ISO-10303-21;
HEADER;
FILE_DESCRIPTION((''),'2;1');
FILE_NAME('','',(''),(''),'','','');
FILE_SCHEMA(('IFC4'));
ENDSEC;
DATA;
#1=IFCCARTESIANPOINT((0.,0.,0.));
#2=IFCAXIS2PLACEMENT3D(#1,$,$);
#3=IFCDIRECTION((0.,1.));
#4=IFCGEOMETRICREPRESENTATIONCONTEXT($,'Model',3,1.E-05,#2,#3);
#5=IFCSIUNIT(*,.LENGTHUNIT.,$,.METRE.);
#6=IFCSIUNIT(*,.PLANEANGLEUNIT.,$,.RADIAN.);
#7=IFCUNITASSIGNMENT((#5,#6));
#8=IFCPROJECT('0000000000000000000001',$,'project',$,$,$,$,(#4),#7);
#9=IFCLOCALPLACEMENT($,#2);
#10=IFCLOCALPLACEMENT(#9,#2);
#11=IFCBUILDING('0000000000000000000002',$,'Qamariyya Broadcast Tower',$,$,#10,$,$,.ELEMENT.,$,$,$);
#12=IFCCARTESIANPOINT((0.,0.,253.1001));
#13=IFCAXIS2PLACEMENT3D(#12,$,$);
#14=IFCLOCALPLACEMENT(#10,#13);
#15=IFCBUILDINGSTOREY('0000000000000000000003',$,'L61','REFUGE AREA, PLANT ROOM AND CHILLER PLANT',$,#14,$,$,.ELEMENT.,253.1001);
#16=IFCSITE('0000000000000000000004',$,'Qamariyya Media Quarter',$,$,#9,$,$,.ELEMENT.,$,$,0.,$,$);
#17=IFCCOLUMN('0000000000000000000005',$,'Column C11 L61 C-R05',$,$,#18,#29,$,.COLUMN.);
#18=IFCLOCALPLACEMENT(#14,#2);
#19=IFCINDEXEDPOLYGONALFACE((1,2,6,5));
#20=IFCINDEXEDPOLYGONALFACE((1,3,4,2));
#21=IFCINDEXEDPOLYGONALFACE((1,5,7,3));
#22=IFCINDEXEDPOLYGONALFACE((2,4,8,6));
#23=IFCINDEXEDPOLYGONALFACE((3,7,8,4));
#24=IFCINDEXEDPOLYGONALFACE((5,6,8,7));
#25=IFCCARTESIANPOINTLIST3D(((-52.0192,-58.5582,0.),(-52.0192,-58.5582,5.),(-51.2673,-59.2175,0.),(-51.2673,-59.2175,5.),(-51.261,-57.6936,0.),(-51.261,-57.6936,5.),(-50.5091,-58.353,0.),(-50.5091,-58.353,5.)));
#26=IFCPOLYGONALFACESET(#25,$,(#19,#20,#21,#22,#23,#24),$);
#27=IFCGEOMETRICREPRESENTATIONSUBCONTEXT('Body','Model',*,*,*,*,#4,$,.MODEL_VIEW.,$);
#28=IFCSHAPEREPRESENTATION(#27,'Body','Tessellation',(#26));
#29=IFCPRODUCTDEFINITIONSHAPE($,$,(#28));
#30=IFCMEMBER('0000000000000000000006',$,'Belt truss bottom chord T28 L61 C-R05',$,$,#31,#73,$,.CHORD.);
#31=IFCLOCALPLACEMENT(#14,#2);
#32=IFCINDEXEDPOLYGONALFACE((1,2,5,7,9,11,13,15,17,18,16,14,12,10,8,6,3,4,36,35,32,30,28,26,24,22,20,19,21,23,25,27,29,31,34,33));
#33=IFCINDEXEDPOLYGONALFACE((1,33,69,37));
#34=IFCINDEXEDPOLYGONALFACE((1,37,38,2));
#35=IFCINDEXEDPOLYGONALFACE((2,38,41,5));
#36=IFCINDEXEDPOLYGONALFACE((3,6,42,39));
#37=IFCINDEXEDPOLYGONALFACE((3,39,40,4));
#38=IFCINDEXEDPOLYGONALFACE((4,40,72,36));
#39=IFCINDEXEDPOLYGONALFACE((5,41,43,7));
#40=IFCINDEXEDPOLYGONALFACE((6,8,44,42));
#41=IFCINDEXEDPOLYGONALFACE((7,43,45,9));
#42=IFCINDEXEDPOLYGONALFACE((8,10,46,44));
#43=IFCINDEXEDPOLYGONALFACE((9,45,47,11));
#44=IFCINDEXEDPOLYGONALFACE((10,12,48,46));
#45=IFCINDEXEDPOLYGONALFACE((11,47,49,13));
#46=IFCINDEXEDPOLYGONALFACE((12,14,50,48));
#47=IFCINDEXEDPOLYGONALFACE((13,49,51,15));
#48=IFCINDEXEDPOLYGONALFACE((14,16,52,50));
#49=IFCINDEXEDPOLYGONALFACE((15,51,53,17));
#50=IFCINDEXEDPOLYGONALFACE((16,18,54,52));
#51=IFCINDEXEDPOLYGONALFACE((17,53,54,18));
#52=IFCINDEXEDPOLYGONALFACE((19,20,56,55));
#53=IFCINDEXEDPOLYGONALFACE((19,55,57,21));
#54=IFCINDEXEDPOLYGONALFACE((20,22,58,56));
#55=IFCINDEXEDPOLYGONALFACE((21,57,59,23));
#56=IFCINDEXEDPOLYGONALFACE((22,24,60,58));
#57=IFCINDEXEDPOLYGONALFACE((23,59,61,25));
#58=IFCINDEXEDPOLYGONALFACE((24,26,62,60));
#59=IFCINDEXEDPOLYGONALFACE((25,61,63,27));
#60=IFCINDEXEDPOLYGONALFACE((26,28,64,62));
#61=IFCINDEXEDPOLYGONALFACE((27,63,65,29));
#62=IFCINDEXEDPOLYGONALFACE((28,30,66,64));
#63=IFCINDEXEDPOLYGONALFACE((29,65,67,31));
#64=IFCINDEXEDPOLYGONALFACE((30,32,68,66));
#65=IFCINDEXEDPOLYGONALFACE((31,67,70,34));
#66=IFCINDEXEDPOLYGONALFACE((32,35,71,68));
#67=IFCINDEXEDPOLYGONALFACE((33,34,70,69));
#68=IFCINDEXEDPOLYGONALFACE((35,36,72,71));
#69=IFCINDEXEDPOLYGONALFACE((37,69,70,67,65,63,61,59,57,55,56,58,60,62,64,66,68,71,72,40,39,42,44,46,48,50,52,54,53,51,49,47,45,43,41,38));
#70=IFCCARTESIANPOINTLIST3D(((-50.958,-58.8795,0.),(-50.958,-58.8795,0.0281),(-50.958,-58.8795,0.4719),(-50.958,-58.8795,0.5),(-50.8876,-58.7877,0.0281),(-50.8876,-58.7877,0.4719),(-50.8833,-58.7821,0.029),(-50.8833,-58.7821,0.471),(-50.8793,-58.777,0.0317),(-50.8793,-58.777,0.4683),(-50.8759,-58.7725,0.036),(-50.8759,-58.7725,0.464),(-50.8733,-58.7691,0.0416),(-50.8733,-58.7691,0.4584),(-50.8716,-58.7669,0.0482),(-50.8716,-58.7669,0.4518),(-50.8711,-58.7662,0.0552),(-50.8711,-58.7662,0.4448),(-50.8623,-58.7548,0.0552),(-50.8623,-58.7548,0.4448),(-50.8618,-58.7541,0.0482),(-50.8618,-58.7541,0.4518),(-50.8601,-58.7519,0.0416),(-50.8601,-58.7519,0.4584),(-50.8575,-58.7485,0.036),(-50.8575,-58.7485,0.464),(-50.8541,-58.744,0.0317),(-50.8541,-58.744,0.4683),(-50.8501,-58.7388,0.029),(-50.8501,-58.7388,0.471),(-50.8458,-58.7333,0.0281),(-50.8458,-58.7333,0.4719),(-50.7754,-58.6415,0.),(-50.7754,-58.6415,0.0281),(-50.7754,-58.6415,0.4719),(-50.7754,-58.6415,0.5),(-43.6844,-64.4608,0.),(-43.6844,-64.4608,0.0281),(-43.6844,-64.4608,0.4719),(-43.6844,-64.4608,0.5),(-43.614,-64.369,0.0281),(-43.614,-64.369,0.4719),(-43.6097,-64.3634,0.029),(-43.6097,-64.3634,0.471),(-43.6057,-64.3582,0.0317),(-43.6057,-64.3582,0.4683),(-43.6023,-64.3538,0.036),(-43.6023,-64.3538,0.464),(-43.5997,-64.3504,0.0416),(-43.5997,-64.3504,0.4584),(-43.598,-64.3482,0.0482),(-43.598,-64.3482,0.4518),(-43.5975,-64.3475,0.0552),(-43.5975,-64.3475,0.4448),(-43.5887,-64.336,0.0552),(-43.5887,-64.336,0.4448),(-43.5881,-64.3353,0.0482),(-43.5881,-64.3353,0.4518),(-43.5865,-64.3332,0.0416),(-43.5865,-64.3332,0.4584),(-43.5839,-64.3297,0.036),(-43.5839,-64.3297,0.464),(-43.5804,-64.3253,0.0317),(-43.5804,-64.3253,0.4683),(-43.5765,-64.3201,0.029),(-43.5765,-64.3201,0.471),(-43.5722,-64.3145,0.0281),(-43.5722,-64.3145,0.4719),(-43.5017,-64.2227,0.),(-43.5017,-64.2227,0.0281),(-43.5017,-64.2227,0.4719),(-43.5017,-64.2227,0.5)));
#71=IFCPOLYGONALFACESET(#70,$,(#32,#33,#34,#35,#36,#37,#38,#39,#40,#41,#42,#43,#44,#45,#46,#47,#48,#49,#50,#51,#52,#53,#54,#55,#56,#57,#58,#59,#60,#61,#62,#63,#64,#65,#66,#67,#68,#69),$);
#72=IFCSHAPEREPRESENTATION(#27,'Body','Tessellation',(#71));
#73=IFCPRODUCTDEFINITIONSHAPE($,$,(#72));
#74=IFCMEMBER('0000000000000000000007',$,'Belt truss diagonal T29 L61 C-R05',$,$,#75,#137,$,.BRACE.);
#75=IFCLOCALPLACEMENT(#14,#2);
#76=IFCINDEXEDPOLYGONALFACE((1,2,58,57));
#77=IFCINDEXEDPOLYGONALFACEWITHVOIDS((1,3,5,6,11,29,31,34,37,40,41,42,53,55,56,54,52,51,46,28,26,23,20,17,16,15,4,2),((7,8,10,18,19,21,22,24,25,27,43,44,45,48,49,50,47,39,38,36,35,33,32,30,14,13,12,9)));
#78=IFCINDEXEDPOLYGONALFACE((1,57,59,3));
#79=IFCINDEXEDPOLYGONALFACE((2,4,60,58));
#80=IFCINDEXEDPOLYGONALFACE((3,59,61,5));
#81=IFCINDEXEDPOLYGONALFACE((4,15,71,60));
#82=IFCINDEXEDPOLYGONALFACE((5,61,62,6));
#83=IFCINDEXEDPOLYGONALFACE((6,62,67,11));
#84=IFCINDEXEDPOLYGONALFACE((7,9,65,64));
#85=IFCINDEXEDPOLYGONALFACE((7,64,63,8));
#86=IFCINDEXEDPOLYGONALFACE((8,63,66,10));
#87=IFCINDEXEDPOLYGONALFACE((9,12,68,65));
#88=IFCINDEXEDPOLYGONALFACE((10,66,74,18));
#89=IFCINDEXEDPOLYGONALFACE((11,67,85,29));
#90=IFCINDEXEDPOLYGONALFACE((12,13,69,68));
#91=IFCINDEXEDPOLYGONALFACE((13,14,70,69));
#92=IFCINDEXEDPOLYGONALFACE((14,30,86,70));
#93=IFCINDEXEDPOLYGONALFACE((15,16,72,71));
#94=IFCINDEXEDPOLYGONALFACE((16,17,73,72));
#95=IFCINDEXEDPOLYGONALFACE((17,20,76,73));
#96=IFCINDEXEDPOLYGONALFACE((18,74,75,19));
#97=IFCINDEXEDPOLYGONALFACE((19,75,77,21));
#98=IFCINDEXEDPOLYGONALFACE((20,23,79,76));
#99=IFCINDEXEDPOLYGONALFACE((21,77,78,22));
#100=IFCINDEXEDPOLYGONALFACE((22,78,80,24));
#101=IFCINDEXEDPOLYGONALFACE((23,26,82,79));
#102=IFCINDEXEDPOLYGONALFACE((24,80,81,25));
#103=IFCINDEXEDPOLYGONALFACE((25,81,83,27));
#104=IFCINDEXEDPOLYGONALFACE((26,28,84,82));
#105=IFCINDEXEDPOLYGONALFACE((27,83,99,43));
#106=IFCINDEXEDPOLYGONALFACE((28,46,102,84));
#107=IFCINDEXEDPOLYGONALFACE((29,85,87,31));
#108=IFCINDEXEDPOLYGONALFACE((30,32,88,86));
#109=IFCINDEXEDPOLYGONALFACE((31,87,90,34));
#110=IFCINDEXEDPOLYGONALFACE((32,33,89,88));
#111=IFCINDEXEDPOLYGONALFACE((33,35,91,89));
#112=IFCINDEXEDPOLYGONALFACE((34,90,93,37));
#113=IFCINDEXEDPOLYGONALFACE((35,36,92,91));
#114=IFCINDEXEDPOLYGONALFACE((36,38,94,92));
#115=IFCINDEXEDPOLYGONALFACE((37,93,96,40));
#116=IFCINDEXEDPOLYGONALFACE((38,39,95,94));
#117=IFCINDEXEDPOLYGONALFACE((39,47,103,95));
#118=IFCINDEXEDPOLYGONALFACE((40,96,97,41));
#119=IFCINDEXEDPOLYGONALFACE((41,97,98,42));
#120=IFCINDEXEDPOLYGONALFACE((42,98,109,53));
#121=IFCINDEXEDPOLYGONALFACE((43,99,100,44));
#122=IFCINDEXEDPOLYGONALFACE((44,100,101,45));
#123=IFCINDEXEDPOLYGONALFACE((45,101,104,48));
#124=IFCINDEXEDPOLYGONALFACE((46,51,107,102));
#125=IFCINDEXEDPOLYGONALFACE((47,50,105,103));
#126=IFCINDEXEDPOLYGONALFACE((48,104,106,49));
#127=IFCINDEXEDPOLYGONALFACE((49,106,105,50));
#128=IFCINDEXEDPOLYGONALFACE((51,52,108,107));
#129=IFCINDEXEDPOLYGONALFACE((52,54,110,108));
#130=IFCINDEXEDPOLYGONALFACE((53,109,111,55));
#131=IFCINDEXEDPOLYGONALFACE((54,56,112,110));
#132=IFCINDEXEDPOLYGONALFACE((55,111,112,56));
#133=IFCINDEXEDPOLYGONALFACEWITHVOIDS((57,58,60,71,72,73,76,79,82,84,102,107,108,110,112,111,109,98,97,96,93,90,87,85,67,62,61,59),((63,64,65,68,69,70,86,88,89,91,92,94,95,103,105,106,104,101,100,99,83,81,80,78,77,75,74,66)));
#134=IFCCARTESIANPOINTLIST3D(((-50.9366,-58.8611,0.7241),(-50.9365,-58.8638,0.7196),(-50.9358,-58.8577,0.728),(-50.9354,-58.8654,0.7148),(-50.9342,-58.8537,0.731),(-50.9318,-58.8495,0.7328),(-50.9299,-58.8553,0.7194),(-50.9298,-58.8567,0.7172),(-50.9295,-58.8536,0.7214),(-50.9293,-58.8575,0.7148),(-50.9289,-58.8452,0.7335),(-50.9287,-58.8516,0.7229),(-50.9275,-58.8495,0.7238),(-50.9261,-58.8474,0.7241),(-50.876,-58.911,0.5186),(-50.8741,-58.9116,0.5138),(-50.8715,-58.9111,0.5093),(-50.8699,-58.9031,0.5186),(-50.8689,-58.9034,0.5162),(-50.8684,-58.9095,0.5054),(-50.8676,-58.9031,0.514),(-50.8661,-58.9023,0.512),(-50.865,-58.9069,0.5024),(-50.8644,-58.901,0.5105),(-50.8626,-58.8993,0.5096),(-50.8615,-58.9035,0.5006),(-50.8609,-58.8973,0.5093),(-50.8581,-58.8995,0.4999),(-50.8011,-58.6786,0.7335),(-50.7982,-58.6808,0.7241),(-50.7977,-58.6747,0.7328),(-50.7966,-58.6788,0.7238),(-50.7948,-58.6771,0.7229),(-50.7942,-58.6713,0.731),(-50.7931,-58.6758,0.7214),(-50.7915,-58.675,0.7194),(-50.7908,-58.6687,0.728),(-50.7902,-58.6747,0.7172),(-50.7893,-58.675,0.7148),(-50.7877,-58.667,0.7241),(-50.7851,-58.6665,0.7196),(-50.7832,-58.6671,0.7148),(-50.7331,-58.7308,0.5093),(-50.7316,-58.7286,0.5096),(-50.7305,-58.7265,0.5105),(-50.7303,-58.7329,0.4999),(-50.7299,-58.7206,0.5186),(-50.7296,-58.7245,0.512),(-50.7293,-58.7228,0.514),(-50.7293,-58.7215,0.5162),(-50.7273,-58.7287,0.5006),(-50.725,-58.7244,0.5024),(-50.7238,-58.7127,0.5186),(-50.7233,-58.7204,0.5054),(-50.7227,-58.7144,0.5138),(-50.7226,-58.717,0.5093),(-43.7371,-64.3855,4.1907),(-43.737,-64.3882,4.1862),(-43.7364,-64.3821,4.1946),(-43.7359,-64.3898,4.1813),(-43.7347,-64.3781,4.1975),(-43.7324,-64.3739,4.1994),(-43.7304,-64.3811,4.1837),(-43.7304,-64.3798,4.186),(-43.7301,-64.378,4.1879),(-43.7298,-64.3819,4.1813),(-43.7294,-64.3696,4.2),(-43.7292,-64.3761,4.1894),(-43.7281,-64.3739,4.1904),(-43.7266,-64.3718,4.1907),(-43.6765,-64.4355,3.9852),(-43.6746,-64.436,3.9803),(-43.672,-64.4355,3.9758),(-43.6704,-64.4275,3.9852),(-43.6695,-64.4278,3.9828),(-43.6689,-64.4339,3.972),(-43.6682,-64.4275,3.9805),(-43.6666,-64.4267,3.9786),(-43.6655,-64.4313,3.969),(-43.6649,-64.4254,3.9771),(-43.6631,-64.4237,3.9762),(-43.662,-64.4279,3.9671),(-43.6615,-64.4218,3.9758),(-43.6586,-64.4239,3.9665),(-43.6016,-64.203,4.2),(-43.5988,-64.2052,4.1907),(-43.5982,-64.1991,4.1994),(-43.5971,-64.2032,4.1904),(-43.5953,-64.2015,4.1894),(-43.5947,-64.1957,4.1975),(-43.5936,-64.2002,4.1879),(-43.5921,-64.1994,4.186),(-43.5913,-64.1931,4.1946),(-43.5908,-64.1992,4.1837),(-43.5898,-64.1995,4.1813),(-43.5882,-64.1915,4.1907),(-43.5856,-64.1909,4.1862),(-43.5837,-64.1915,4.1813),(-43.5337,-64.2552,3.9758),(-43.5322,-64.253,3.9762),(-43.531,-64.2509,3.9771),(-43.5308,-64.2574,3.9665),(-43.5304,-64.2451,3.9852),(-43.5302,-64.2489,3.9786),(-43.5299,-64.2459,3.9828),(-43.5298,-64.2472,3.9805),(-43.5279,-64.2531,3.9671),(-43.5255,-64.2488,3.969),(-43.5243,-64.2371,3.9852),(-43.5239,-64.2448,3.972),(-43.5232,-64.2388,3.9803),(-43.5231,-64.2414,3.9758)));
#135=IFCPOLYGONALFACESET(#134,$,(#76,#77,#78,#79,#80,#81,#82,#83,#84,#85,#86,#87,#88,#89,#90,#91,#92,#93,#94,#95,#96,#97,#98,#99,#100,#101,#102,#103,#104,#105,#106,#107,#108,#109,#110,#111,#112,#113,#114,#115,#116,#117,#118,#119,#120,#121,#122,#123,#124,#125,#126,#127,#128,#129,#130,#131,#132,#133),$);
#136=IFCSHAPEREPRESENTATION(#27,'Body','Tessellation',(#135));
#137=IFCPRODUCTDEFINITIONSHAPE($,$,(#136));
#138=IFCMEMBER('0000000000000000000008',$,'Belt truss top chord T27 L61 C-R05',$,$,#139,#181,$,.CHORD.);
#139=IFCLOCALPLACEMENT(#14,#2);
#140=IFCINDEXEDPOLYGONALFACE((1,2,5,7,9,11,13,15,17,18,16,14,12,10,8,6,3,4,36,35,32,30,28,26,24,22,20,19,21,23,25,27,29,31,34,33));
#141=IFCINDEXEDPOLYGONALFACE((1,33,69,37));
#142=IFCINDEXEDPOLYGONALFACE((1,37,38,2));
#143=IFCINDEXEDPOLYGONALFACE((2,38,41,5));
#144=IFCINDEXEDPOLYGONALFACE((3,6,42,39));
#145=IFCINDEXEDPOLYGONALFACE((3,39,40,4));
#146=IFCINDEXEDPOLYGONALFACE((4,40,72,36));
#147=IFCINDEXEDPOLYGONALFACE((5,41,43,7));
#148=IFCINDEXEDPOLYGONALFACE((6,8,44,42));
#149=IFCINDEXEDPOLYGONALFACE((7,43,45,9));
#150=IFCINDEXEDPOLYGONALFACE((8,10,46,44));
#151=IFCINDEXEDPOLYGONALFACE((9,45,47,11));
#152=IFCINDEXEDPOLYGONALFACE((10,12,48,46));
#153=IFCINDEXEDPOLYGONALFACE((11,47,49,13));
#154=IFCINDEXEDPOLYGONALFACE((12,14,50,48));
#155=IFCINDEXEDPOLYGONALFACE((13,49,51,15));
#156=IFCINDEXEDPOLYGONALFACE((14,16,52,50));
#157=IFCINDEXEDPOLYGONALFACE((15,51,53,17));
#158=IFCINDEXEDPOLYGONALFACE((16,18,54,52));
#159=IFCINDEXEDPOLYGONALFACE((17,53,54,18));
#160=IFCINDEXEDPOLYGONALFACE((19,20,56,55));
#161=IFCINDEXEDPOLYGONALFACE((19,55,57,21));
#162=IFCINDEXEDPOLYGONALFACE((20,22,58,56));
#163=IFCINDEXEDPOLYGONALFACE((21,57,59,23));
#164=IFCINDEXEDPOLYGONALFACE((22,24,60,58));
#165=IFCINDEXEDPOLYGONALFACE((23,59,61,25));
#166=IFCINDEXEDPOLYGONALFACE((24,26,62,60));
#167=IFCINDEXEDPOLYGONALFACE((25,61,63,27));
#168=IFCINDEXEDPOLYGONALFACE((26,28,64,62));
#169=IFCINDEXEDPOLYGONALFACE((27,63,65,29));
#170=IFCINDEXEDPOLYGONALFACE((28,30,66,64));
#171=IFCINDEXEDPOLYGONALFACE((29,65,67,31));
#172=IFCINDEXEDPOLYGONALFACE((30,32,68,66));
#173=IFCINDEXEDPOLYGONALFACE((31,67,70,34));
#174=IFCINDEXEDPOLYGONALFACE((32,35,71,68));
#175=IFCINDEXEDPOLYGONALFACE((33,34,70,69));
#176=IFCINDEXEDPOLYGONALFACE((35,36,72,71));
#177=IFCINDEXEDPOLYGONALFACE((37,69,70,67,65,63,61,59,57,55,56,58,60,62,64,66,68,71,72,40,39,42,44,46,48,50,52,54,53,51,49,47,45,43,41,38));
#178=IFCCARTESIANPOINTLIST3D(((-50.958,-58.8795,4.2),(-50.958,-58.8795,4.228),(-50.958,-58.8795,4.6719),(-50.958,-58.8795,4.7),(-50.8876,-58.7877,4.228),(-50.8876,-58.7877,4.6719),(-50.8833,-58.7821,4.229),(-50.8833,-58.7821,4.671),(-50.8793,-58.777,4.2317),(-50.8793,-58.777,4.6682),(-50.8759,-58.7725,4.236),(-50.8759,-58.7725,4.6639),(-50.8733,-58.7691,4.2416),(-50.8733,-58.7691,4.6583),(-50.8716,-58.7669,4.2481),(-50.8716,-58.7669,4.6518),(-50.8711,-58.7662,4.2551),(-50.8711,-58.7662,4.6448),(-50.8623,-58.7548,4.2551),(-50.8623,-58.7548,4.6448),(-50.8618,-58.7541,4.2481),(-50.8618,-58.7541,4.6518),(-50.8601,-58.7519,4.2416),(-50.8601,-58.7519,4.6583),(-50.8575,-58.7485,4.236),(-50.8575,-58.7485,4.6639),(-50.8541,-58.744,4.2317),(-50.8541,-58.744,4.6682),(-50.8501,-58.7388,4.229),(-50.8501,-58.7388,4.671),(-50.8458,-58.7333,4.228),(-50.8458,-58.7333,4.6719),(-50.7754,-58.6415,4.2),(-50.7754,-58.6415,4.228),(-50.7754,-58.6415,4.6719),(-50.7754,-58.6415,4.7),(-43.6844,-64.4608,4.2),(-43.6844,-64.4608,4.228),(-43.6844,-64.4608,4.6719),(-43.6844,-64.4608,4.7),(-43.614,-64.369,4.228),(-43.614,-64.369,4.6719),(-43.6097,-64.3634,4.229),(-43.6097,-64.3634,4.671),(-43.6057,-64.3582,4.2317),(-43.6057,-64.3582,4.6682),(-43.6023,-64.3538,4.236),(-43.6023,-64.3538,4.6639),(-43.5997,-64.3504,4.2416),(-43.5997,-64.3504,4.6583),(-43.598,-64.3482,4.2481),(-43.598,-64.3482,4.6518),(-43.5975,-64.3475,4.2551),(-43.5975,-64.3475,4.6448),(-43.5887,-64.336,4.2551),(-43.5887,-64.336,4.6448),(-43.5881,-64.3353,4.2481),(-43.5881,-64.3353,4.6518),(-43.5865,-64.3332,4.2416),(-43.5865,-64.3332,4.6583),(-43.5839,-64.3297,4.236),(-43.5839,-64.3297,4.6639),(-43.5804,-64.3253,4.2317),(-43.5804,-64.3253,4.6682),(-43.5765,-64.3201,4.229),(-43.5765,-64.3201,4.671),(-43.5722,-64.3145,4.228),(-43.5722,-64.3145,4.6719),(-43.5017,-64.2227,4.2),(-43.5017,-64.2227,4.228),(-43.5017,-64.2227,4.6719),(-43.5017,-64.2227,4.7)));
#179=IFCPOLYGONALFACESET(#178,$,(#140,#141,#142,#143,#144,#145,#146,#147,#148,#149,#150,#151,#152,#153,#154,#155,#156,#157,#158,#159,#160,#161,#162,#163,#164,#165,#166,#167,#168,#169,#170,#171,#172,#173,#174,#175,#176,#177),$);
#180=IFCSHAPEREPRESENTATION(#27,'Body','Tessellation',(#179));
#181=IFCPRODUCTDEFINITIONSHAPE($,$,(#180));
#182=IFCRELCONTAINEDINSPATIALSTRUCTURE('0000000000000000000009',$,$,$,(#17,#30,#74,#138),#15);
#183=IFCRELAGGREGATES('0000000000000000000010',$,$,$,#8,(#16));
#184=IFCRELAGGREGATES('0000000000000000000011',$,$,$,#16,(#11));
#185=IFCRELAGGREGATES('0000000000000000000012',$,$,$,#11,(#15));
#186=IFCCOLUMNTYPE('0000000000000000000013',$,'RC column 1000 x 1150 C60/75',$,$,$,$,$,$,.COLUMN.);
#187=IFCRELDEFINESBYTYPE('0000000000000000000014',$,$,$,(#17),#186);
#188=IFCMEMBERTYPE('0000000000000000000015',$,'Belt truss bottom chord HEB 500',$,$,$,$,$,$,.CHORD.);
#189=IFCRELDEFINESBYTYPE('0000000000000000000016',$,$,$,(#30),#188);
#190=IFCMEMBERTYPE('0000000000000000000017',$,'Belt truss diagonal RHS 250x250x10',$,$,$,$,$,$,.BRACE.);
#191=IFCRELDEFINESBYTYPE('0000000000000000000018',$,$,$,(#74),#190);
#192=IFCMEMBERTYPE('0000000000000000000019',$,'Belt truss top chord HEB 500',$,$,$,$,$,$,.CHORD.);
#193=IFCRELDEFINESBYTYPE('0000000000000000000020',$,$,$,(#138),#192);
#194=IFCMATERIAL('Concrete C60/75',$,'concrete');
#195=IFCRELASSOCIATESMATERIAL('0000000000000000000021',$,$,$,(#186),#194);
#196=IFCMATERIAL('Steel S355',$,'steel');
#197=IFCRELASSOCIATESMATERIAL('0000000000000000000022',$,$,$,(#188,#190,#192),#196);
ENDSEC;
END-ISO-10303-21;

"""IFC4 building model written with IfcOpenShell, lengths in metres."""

from ifc_helpers import new_model, si_unit, direction, frame, origin, origin_2d, place, context, subcontext, project, spatial, rectangle, hollow_rectangle, i_section, extrude, material, material_profile, profile_set, type_object, element, save


model = new_model("IFC4")

# Units and contexts
model_context = context("Model", 3, precision=1e-05, world=origin(), true_north=direction((0.0, 1.0)))
body_context = subcontext(model_context, "Body", "Model", "MODEL_VIEW")
ifc_project = project(units=[si_unit("LENGTHUNIT", "METRE"), si_unit("PLANEANGLEUNIT", "RADIAN")], contexts=[model_context])

# Site, building, storey
site_placement = place(None, origin())
site = spatial("IfcSite", under=ifc_project, at=site_placement, Name="Qamariyya Media Quarter", CompositionType="ELEMENT", RefElevation=0.0)
building_placement = place(site_placement, origin())
building = spatial("IfcBuilding", under=site, at=building_placement, Name="Qamariyya Broadcast Tower", CompositionType="ELEMENT")
storey_placement = place(building_placement, frame((0.0, 0.0, 253.1001)))
storey = spatial("IfcBuildingStorey", under=building, at=storey_placement, Name="L61", Description="REFUGE AREA, PLANT ROOM AND CHILLER PLANT", CompositionType="ELEMENT", Elevation=253.1001)

# Column
ifc_material_1 = material(Name="Concrete C60/75", Category="concrete")
ifc_material_profile_1 = material_profile(ifc_material_1, rectangle(XDim=1.0, YDim=1.1499, at=origin_2d()))
ifc_profile_set_1 = profile_set([ifc_material_profile_1], Name="Concrete C60/75")
column_type = type_object("IfcColumnType", Name="RC column 1000 x 1150 C60/75", PredefinedType="COLUMN", material=ifc_profile_set_1)
column_placement = place(storey_placement, frame((-51.2642, -58.4556, 0.0), z_axis=(0.0, 0.0, 1.0), x_axis=(0.75184, -0.659346, 0.0)))
element("IfcColumn", 1, at=column_placement, inside=storey, type_object=column_type, Name="Column C11 L61 C-R05", PredefinedType="COLUMN", context=body_context, shape_type="SweptSolid", body=[
    extrude(rectangle(XDim=1.0, YDim=1.1499, at=origin_2d()), origin(), (0.0, 0.0, 1.0), 5.0),
])

# Members
ifc_material_2 = material(Name="Steel S355", Category="steel")
ifc_material_profile_2 = material_profile(ifc_material_2, i_section(OverallWidth=0.3, OverallDepth=0.5, WebThickness=0.0144, FlangeThickness=0.0281, FilletRadius=0.0271, at=origin_2d()))
ifc_profile_set_2 = profile_set([ifc_material_profile_2], Name="Steel S355")
member_type_1 = type_object("IfcMemberType", Name="Belt truss bottom chord HEB 500", PredefinedType="CHORD", material=ifc_profile_set_2)
member_1_placement = place(storey_placement, frame((-50.8667, -58.7605, 0.25), z_axis=(0.793353, -0.608762, 0.0), x_axis=(0.608762, 0.793353, 0.0)))
element("IfcMember", 2, at=member_1_placement, inside=storey, type_object=member_type_1, Name="Belt truss bottom chord T28 L61 C-R05", PredefinedType="CHORD", context=body_context, shape_type="SweptSolid", body=[
    extrude(i_section(OverallWidth=0.3, OverallDepth=0.5, WebThickness=0.0144, FlangeThickness=0.0281, FilletRadius=0.0271, at=origin_2d()), origin(), (0.0, 0.0, 1.0), 9.1682),
])
ifc_material_profile_3 = material_profile(ifc_material_2, hollow_rectangle(XDim=0.25, YDim=0.25, WallThickness=0.01, InnerFilletRadius=0.01, OuterFilletRadius=0.02, at=origin_2d()))
ifc_profile_set_3 = profile_set([ifc_material_profile_3], Name="Steel S355")
member_type_2 = type_object("IfcMemberType", Name="Belt truss diagonal RHS 250x250x10", PredefinedType="BRACE", material=ifc_profile_set_3)
member_2_placement = place(storey_placement, frame((-50.8296, -58.7891, 0.6167), z_axis=(0.741117, -0.568686, 0.356849), x_axis=(0.608766, 0.79335, 0.0)))
element("IfcMember", 3, at=member_2_placement, inside=storey, type_object=member_type_2, Name="Belt truss diagonal T29 L61 C-R05", PredefinedType="BRACE", context=body_context, shape_type="SweptSolid", body=[
    extrude(hollow_rectangle(XDim=0.25, YDim=0.25, WallThickness=0.01, InnerFilletRadius=0.01, OuterFilletRadius=0.02, at=origin_2d()), origin(), (0.0, 0.0, 1.0), 9.7144),
])
ifc_material_profile_4 = material_profile(ifc_material_2, i_section(OverallWidth=0.3, OverallDepth=0.5, WebThickness=0.0144, FlangeThickness=0.0281, FilletRadius=0.0271, at=origin_2d()))
ifc_profile_set_4 = profile_set([ifc_material_profile_4], Name="Steel S355")
member_type_3 = type_object("IfcMemberType", Name="Belt truss top chord HEB 500", PredefinedType="CHORD", material=ifc_profile_set_4)
member_3_placement = place(storey_placement, frame((-50.8667, -58.7605, 4.45), z_axis=(0.793353, -0.608762, 0.0), x_axis=(0.608762, 0.793353, 0.0)))
element("IfcMember", 4, at=member_3_placement, inside=storey, type_object=member_type_3, Name="Belt truss top chord T27 L61 C-R05", PredefinedType="CHORD", context=body_context, shape_type="SweptSolid", body=[
    extrude(i_section(OverallWidth=0.3, OverallDepth=0.5, WebThickness=0.0144, FlangeThickness=0.0281, FilletRadius=0.0271, at=origin_2d()), origin(), (0.0, 0.0, 1.0), 9.1682),
])

save(model, "model.ifc")
